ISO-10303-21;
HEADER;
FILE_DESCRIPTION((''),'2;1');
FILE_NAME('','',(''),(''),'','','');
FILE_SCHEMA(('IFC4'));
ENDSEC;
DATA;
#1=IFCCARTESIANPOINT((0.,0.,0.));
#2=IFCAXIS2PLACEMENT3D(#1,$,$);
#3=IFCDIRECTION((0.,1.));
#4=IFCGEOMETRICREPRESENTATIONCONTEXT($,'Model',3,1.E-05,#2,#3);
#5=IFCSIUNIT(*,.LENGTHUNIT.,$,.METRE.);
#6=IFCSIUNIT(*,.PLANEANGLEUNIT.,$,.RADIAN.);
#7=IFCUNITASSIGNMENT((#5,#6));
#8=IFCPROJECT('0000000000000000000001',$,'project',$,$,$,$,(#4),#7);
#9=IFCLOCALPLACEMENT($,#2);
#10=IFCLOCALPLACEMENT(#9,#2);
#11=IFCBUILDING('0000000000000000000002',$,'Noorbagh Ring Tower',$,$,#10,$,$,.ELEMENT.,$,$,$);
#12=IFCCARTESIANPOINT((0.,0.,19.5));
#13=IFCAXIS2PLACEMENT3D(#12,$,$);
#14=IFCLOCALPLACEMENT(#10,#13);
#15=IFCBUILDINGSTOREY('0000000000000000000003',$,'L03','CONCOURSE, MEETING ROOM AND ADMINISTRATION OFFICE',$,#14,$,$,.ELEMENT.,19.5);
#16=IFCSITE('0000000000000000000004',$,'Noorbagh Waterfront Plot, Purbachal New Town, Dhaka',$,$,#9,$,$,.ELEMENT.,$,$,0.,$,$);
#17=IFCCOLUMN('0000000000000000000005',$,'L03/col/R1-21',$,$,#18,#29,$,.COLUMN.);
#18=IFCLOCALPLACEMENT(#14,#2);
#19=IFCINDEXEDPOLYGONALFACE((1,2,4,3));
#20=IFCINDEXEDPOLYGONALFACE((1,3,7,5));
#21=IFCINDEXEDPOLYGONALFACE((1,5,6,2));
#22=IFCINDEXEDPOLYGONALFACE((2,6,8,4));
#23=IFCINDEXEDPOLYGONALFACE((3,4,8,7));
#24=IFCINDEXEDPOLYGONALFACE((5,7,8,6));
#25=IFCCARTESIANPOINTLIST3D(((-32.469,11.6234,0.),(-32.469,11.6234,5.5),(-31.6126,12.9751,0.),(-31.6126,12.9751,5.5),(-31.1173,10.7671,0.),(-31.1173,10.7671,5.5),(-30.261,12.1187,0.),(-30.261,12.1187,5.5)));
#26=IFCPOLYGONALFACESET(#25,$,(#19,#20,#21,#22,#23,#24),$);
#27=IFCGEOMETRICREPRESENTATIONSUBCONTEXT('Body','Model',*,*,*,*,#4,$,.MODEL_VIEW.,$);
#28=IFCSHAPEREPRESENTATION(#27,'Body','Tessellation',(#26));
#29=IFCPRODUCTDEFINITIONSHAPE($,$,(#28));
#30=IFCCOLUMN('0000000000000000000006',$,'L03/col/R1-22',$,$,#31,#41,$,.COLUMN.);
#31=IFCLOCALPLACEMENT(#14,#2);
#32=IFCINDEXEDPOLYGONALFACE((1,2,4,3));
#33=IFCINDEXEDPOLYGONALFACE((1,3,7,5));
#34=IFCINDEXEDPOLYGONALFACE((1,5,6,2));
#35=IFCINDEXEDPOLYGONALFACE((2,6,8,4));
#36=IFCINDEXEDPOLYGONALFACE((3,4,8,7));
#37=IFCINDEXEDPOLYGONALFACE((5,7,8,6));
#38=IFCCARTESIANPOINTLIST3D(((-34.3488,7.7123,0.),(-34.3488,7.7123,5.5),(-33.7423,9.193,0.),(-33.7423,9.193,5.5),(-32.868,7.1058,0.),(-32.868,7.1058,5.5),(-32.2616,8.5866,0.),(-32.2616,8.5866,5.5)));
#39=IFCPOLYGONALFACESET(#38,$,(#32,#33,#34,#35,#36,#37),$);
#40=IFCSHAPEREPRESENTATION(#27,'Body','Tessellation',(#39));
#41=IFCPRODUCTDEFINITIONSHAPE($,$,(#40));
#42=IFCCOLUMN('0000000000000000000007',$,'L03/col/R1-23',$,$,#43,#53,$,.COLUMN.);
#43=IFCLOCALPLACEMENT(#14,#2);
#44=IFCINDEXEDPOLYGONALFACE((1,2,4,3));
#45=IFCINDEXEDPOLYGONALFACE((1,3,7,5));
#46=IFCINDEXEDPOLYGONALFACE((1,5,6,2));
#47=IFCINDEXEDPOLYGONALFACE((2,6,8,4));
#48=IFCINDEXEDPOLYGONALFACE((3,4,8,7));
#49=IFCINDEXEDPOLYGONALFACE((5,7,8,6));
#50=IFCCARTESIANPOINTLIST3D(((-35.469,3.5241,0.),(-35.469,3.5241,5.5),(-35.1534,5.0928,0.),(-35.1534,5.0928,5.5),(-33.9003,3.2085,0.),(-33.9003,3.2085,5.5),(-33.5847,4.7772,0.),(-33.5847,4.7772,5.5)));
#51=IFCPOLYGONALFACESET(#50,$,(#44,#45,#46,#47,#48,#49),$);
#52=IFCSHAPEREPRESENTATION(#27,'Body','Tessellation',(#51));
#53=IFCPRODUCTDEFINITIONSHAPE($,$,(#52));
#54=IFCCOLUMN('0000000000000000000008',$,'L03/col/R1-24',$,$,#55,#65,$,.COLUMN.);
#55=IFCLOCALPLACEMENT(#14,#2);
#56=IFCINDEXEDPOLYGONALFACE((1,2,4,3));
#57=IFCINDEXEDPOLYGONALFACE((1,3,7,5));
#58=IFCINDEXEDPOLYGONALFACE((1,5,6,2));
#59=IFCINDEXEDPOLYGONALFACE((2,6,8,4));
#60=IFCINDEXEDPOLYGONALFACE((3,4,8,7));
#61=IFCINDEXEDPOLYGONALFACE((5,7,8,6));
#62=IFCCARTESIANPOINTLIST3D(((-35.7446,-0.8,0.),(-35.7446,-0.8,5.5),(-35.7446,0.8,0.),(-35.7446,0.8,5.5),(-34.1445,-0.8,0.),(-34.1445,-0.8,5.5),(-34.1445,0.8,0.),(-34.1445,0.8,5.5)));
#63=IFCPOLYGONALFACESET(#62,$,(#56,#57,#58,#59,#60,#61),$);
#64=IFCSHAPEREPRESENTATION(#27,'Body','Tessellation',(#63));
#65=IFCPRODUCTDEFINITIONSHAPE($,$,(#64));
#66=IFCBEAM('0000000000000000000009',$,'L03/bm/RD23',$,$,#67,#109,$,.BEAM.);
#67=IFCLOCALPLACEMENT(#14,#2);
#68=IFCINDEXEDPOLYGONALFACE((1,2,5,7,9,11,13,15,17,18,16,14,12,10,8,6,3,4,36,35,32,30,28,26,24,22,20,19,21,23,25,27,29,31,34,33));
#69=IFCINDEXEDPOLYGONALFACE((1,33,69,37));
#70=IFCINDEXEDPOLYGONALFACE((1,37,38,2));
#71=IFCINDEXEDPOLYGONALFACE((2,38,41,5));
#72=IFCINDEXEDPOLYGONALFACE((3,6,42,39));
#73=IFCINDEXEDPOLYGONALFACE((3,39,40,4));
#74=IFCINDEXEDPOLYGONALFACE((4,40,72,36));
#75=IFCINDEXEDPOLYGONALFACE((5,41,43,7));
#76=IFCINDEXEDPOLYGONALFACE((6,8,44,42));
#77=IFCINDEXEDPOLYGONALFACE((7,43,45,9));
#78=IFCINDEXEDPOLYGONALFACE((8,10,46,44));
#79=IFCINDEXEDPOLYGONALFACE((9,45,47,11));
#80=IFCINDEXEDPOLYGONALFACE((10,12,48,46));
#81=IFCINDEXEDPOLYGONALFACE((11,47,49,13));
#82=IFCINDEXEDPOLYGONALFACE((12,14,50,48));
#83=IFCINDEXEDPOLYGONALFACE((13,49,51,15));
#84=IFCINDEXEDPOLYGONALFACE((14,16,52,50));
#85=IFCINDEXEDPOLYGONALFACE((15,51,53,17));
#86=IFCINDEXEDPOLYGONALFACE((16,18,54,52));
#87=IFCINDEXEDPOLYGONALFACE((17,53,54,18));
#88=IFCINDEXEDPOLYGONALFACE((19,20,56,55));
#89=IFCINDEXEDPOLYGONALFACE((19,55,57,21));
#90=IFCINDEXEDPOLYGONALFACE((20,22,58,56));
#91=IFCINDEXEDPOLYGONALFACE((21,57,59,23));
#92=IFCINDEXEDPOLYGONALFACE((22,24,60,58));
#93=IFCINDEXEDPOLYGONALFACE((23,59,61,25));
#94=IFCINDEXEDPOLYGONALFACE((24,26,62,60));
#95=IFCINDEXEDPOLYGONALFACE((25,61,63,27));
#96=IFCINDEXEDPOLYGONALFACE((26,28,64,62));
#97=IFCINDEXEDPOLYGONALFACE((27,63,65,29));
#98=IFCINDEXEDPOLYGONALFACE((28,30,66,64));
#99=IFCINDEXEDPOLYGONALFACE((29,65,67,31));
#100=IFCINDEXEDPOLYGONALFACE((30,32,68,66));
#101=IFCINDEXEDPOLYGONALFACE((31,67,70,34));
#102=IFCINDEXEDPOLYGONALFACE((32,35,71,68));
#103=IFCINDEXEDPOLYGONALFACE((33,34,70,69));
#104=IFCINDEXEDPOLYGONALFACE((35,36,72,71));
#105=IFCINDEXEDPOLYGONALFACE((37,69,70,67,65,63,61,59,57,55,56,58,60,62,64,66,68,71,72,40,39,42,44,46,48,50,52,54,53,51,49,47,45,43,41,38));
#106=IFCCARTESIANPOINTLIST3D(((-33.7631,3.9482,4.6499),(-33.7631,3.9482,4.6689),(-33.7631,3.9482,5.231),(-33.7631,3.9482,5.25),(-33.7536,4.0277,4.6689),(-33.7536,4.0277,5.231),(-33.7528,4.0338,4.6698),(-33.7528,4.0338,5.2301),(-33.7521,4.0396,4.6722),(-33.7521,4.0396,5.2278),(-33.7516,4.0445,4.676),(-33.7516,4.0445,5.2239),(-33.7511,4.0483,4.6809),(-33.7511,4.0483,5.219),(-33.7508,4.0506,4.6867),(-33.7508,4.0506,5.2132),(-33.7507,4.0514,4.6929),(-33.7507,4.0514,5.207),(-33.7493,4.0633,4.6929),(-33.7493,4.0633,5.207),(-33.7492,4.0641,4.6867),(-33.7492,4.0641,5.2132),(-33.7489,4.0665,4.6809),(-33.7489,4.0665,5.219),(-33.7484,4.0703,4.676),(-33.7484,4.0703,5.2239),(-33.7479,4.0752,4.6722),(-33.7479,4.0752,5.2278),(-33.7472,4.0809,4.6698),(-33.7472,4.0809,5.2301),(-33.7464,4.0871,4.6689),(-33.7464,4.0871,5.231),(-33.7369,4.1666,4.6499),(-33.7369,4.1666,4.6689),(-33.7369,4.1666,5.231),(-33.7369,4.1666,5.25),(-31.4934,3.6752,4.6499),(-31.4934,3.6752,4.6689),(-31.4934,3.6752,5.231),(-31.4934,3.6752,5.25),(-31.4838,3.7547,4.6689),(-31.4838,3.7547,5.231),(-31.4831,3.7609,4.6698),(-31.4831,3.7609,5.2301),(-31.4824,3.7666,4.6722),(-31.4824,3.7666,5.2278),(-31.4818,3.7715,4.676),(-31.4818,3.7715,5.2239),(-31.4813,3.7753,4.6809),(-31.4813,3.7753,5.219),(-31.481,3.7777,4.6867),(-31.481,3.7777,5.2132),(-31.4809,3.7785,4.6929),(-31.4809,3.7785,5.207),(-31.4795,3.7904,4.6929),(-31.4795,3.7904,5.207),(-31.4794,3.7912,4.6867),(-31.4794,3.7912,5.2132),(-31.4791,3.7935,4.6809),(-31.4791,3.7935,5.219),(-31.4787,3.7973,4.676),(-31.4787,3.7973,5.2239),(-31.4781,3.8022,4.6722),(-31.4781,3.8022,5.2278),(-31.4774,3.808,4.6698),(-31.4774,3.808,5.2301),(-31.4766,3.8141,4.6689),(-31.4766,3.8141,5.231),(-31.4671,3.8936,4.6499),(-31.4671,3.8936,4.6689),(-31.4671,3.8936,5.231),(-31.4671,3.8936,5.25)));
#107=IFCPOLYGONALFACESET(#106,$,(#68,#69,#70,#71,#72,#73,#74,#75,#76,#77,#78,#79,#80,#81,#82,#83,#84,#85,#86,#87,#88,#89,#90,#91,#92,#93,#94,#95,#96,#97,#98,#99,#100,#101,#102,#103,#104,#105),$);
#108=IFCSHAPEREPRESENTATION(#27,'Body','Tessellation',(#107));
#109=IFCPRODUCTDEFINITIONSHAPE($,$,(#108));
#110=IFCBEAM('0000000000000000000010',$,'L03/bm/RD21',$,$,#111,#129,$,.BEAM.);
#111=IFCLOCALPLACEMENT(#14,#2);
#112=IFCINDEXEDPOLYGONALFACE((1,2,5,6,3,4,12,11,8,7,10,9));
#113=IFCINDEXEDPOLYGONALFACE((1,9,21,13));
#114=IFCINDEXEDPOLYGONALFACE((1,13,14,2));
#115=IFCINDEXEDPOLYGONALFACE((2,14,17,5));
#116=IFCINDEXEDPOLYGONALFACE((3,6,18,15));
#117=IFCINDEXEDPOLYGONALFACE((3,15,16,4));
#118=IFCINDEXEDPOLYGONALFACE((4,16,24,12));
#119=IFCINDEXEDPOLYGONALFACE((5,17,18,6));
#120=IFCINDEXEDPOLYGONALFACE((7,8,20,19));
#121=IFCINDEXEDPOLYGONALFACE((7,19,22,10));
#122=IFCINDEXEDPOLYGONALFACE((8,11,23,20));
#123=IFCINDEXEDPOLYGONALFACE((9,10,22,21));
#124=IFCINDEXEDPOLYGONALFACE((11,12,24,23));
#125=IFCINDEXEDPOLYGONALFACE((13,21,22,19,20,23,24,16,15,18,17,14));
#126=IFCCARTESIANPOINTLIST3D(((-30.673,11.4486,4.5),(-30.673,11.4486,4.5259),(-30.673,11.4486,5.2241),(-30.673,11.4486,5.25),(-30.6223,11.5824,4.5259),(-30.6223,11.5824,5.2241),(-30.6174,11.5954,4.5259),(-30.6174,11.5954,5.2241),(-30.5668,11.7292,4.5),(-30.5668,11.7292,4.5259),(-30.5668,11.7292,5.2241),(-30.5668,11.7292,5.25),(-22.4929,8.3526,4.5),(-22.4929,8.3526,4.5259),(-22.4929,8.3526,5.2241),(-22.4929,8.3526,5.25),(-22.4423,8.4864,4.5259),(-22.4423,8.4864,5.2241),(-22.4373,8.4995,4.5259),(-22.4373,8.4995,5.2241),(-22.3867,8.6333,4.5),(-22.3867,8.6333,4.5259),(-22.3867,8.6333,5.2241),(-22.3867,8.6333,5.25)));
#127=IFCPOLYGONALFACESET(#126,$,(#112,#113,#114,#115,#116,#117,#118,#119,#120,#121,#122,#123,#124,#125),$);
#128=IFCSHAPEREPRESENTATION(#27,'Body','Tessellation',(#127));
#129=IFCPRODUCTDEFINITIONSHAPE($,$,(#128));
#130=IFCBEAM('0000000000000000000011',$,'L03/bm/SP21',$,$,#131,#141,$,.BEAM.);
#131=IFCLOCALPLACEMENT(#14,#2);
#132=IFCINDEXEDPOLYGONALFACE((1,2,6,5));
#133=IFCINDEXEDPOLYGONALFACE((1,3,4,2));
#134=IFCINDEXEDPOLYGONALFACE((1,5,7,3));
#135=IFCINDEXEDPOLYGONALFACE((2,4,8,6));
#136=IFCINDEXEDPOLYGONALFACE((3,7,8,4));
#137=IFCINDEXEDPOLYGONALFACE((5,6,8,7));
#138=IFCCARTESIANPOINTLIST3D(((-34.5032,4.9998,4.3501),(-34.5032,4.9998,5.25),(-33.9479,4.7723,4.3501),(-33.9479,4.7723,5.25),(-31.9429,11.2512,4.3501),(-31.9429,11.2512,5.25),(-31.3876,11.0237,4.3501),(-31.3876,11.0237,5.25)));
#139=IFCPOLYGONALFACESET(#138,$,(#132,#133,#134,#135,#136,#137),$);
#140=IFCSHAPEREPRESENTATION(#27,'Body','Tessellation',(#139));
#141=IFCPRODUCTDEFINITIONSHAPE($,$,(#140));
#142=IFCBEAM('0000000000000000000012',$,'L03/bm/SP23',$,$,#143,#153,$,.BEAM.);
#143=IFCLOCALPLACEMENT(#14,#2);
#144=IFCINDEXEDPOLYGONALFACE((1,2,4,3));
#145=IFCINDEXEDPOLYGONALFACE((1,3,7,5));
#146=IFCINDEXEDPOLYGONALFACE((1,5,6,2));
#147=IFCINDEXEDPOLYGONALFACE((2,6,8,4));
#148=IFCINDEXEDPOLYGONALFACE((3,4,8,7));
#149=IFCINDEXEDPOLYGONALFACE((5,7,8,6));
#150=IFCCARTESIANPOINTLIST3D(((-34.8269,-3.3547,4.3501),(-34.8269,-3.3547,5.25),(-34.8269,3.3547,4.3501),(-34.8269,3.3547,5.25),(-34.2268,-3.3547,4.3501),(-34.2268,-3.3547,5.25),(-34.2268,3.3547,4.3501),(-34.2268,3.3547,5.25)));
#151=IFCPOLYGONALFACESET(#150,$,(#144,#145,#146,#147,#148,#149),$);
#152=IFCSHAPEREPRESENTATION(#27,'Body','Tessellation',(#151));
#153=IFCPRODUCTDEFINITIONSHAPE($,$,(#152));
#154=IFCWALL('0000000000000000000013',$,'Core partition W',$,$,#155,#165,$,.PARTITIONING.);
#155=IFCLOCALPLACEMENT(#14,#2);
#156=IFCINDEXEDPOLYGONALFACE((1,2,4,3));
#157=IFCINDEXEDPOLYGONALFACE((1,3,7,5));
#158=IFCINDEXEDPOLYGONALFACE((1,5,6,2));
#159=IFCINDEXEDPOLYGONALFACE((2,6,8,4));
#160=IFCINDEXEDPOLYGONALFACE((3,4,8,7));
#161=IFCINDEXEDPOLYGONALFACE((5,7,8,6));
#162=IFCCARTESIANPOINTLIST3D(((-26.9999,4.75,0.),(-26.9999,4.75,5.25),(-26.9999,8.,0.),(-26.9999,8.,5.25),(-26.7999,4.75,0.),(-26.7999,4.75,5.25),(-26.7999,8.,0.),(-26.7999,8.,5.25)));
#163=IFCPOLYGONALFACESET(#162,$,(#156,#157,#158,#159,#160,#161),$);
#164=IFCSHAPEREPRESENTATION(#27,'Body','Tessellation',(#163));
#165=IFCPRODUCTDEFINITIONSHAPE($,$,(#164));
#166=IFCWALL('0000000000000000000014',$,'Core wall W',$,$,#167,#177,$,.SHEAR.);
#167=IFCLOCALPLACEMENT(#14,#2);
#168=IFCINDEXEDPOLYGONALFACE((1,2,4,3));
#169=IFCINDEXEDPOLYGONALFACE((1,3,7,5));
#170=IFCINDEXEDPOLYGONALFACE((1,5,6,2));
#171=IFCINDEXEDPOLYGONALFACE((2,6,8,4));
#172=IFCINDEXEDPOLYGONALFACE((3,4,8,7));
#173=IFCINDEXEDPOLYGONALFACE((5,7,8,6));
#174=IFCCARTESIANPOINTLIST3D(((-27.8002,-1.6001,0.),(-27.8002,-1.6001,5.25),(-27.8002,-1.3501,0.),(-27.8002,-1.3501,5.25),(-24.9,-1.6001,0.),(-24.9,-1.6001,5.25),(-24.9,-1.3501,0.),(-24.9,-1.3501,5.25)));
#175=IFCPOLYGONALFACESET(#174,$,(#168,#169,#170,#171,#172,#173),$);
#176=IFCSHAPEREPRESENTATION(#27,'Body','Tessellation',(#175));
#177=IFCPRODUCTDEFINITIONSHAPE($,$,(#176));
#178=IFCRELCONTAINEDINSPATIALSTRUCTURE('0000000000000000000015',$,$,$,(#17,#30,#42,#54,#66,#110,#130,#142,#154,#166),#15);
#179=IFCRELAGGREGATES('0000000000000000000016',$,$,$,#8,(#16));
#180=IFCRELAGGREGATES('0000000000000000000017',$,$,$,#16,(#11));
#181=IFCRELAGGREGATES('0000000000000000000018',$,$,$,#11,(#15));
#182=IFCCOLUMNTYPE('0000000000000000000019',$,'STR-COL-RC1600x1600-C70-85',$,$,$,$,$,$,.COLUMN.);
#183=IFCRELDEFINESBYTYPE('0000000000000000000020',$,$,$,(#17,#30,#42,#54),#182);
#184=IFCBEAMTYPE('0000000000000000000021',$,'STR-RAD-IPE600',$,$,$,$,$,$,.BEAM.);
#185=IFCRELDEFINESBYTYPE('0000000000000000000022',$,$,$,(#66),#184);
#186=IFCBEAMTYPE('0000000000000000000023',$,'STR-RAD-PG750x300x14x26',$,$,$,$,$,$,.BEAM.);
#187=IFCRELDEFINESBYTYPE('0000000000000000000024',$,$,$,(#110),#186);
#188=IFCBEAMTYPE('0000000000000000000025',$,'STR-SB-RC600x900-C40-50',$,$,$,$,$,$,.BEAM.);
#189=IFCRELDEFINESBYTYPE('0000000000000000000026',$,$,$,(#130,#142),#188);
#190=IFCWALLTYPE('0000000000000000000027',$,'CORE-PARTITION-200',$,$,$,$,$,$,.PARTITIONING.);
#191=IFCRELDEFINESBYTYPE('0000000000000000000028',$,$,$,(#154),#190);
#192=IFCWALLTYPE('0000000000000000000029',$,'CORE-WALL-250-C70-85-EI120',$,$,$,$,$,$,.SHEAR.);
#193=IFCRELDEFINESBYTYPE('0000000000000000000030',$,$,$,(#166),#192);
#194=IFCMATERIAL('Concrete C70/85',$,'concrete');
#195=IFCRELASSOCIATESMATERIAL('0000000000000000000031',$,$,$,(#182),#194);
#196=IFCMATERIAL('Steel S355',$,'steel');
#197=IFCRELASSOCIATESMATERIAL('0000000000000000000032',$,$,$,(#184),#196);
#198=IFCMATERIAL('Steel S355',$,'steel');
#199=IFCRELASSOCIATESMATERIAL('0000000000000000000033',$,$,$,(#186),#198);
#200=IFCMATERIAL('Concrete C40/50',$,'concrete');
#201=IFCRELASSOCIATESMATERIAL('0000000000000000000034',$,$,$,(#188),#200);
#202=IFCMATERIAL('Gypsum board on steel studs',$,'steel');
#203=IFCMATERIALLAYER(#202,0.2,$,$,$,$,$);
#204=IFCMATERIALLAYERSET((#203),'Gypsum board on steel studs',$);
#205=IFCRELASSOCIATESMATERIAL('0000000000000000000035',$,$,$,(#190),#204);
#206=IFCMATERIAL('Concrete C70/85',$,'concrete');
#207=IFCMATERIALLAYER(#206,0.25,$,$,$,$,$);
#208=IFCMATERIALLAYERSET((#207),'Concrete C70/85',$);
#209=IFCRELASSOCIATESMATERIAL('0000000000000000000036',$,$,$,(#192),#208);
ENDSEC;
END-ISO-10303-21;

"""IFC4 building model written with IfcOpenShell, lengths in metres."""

from ifc_helpers import new_model, si_unit, direction, frame, frame_2d, origin, origin_2d, place, context, subcontext, project, spatial, rectangle, i_section, extrude, material, layer, layer_set, material_profile, profile_set, type_object, element, save


model = new_model("IFC4")

# Units and contexts
model_context = context("Model", 3, precision=1e-05, world=origin(), true_north=direction((0.0, 1.0)))
body_context = subcontext(model_context, "Body", "Model", "MODEL_VIEW")
ifc_project = project(units=[si_unit("LENGTHUNIT", "METRE"), si_unit("PLANEANGLEUNIT", "RADIAN")], contexts=[model_context])

# Site, building, storey
site_placement = place(None, origin())
site = spatial("IfcSite", under=ifc_project, at=site_placement, Name="Noorbagh Waterfront Plot, Purbachal New Town, Dhaka", CompositionType="ELEMENT", RefElevation=0.0)
building_placement = place(site_placement, origin())
building = spatial("IfcBuilding", under=site, at=building_placement, Name="Noorbagh Ring Tower", CompositionType="ELEMENT")
storey_placement = place(building_placement, frame((0.0, 0.0, 19.5)))
storey = spatial("IfcBuildingStorey", under=building, at=storey_placement, Name="L03", Description="CONCOURSE, MEETING ROOM AND ADMINISTRATION OFFICE", CompositionType="ELEMENT", Elevation=19.5)

# Columns
ifc_material_1 = material(Name="Concrete C70/85", Category="concrete")
ifc_material_profile_1 = material_profile(ifc_material_1, rectangle(XDim=1.6001, YDim=1.6001, at=origin_2d()), Name="RC1600x1600")
ifc_profile_set_1 = profile_set([ifc_material_profile_1], Name="Concrete C70/85")
column_type = type_object("IfcColumnType", Name="STR-COL-RC1600x1600-C70-85", PredefinedType="COLUMN", material=ifc_profile_set_1)
for number, where, z_axis, x_axis, name in (
    (1, (-31.365, 11.8711, 0.0), (0.0, 0.0, 1.0), (-0.53519, -0.844731, 0.0), "L03/col/R1-21"),
    (2, (-33.3052, 8.1494, 0.0), (0.0, 0.0, 1.0), (-0.378989, -0.925401, 0.0), "L03/col/R1-22"),
    (3, (-34.5269, 4.1506, 0.0), (0.0, 0.0, 1.0), (-0.19723, -0.980357, 0.0), "L03/col/R1-23"),
    (4, (-34.9446, 0.0, 0.0), (0.0, 0.0, 1.0), (0.0, -1.0, 0.0), "L03/col/R1-24"),
):
    element("IfcColumn", number, at=place(storey_placement, frame(where, z_axis=z_axis, x_axis=x_axis)), inside=storey, type_object=column_type, Name=name, PredefinedType="COLUMN", context=body_context, shape_type="SweptSolid", body=[
        extrude(rectangle(XDim=1.6001, YDim=1.6001, at=origin_2d()), origin(), (0.0, 0.0, 1.0), 5.5),
    ])

# Beams
ifc_material_2 = material(Name="Steel S355", Category="steel")
ifc_material_profile_2 = material_profile(ifc_material_2, i_section(OverallWidth=0.22, OverallDepth=0.6001, WebThickness=0.012, FlangeThickness=0.019, FilletRadius=0.0239, at=origin_2d()), Name="IPE600")
ifc_profile_set_2 = profile_set([ifc_material_profile_2], Name="Steel S355")
beam_type_1 = type_object("IfcBeamType", Name="STR-RAD-IPE600", PredefinedType="BEAM", material=ifc_profile_set_2)
beam_1_placement = place(storey_placement, frame((-33.75, 4.0574, 4.95), z_axis=(0.992847, -0.119394, 0.0), x_axis=(0.119394, 0.992847, 0.0)))
element("IfcBeam", 5, at=beam_1_placement, inside=storey, type_object=beam_type_1, Name="L03/bm/RD23", PredefinedType="BEAM", context=body_context, shape_type="SweptSolid", body=[
    extrude(i_section(OverallWidth=0.22, OverallDepth=0.6001, WebThickness=0.012, FlangeThickness=0.019, FilletRadius=0.0239, at=origin_2d()), origin(), (0.0, 0.0, 1.0), 2.2861),
])
ifc_material_3 = material(Name="Steel S355", Category="steel")
ifc_material_profile_3 = material_profile(ifc_material_3, i_section(OverallWidth=0.3, OverallDepth=0.75, WebThickness=0.0139, FlangeThickness=0.0259, at=origin_2d()), Name="PG750x300x14x26")
ifc_profile_set_3 = profile_set([ifc_material_profile_3], Name="Steel S355")
beam_type_2 = type_object("IfcBeamType", Name="STR-RAD-PG750x300x14x26", PredefinedType="BEAM", material=ifc_profile_set_3)
beam_2_placement = place(storey_placement, frame((-30.6199, 11.5889, 4.875), z_axis=(0.935258, -0.353967, 0.0), x_axis=(0.353967, 0.935258, 0.0)))
element("IfcBeam", 6, at=beam_2_placement, inside=storey, type_object=beam_type_2, Name="L03/bm/RD21", PredefinedType="BEAM", context=body_context, shape_type="SweptSolid", body=[
    extrude(i_section(OverallWidth=0.3, OverallDepth=0.75, WebThickness=0.0139, FlangeThickness=0.0259, at=origin_2d()), origin(), (0.0, 0.0, 1.0), 8.7463),
])
ifc_material_4 = material(Name="Concrete C40/50", Category="concrete")
ifc_material_profile_4 = material_profile(ifc_material_4, rectangle(XDim=0.6001, YDim=0.8999, at=origin_2d()), Name="RC600x900")
ifc_profile_set_4 = profile_set([ifc_material_profile_4], Name="Concrete C40/50")
beam_type_3 = type_object("IfcBeamType", Name="STR-SB-RC600x900-C40-50", PredefinedType="BEAM", material=ifc_profile_set_4)
beam_3_placement = place(storey_placement, frame((-31.6653, 11.1375, 4.8), z_axis=(-0.378999, -0.925397, 0.0), x_axis=(0.925397, -0.378999, 0.0)))
element("IfcBeam", 7, at=beam_3_placement, inside=storey, type_object=beam_type_3, Name="L03/bm/SP21", PredefinedType="BEAM", context=body_context, shape_type="SweptSolid", body=[
    extrude(rectangle(XDim=0.6001, YDim=0.8999, at=origin_2d()), origin(), (0.0, 0.0, 1.0), 6.7554),
])
beam_4_placement = place(storey_placement, frame((-34.5269, 3.3547, 4.8), z_axis=(0.0, -1.0, 0.0), x_axis=(1.0, 0.0, 0.0)))
element("IfcBeam", 8, at=beam_4_placement, inside=storey, type_object=beam_type_3, Name="L03/bm/SP23", PredefinedType="BEAM", context=body_context, shape_type="SweptSolid", body=[
    extrude(rectangle(XDim=0.6001, YDim=0.8999, at=origin_2d()), origin(), (0.0, 0.0, 1.0), 6.7095),
])

# Walls
ifc_material_5 = material(Name="Gypsum board on steel studs", Category="steel")
ifc_layer_1 = layer(ifc_material_5, 0.2)
ifc_layer_set_1 = layer_set([ifc_layer_1], Name="Gypsum board on steel studs")
wall_type_1 = type_object("IfcWallType", Name="CORE-PARTITION-200", PredefinedType="PARTITIONING", material=ifc_layer_set_1)
wall_1_placement = place(storey_placement, frame((-26.8999, 4.75, 0.0), z_axis=(0.0, 0.0, 1.0), x_axis=(0.0, 1.0, 0.0)))
element("IfcWall", 9, at=wall_1_placement, inside=storey, type_object=wall_type_1, Name="Core partition W", PredefinedType="PARTITIONING", context=body_context, shape_type="SweptSolid", body=[
    extrude(rectangle(XDim=3.25, YDim=0.2, at=frame_2d((1.625, 0.0))), origin(), (0.0, 0.0, 1.0), 5.25),
])
ifc_material_6 = material(Name="Concrete C70/85", Category="concrete")
ifc_layer_2 = layer(ifc_material_6, 0.25)
ifc_layer_set_2 = layer_set([ifc_layer_2], Name="Concrete C70/85")
wall_type_2 = type_object("IfcWallType", Name="CORE-WALL-250-C70-85-EI120", PredefinedType="SHEAR", material=ifc_layer_set_2)
wall_2_placement = place(storey_placement, frame((-24.8999, -1.4751, 0.0), z_axis=(0.0, 0.0, 1.0), x_axis=(-1.0, 0.0, 0.0)))
element("IfcWall", 10, at=wall_2_placement, inside=storey, type_object=wall_type_2, Name="Core wall W", PredefinedType="SHEAR", context=body_context, shape_type="SweptSolid", body=[
    extrude(rectangle(XDim=2.9001, YDim=0.25, at=frame_2d((1.4502, 0.0))), origin(), (0.0, 0.0, 1.0), 5.25),
])

save(model, "model.ifc")
